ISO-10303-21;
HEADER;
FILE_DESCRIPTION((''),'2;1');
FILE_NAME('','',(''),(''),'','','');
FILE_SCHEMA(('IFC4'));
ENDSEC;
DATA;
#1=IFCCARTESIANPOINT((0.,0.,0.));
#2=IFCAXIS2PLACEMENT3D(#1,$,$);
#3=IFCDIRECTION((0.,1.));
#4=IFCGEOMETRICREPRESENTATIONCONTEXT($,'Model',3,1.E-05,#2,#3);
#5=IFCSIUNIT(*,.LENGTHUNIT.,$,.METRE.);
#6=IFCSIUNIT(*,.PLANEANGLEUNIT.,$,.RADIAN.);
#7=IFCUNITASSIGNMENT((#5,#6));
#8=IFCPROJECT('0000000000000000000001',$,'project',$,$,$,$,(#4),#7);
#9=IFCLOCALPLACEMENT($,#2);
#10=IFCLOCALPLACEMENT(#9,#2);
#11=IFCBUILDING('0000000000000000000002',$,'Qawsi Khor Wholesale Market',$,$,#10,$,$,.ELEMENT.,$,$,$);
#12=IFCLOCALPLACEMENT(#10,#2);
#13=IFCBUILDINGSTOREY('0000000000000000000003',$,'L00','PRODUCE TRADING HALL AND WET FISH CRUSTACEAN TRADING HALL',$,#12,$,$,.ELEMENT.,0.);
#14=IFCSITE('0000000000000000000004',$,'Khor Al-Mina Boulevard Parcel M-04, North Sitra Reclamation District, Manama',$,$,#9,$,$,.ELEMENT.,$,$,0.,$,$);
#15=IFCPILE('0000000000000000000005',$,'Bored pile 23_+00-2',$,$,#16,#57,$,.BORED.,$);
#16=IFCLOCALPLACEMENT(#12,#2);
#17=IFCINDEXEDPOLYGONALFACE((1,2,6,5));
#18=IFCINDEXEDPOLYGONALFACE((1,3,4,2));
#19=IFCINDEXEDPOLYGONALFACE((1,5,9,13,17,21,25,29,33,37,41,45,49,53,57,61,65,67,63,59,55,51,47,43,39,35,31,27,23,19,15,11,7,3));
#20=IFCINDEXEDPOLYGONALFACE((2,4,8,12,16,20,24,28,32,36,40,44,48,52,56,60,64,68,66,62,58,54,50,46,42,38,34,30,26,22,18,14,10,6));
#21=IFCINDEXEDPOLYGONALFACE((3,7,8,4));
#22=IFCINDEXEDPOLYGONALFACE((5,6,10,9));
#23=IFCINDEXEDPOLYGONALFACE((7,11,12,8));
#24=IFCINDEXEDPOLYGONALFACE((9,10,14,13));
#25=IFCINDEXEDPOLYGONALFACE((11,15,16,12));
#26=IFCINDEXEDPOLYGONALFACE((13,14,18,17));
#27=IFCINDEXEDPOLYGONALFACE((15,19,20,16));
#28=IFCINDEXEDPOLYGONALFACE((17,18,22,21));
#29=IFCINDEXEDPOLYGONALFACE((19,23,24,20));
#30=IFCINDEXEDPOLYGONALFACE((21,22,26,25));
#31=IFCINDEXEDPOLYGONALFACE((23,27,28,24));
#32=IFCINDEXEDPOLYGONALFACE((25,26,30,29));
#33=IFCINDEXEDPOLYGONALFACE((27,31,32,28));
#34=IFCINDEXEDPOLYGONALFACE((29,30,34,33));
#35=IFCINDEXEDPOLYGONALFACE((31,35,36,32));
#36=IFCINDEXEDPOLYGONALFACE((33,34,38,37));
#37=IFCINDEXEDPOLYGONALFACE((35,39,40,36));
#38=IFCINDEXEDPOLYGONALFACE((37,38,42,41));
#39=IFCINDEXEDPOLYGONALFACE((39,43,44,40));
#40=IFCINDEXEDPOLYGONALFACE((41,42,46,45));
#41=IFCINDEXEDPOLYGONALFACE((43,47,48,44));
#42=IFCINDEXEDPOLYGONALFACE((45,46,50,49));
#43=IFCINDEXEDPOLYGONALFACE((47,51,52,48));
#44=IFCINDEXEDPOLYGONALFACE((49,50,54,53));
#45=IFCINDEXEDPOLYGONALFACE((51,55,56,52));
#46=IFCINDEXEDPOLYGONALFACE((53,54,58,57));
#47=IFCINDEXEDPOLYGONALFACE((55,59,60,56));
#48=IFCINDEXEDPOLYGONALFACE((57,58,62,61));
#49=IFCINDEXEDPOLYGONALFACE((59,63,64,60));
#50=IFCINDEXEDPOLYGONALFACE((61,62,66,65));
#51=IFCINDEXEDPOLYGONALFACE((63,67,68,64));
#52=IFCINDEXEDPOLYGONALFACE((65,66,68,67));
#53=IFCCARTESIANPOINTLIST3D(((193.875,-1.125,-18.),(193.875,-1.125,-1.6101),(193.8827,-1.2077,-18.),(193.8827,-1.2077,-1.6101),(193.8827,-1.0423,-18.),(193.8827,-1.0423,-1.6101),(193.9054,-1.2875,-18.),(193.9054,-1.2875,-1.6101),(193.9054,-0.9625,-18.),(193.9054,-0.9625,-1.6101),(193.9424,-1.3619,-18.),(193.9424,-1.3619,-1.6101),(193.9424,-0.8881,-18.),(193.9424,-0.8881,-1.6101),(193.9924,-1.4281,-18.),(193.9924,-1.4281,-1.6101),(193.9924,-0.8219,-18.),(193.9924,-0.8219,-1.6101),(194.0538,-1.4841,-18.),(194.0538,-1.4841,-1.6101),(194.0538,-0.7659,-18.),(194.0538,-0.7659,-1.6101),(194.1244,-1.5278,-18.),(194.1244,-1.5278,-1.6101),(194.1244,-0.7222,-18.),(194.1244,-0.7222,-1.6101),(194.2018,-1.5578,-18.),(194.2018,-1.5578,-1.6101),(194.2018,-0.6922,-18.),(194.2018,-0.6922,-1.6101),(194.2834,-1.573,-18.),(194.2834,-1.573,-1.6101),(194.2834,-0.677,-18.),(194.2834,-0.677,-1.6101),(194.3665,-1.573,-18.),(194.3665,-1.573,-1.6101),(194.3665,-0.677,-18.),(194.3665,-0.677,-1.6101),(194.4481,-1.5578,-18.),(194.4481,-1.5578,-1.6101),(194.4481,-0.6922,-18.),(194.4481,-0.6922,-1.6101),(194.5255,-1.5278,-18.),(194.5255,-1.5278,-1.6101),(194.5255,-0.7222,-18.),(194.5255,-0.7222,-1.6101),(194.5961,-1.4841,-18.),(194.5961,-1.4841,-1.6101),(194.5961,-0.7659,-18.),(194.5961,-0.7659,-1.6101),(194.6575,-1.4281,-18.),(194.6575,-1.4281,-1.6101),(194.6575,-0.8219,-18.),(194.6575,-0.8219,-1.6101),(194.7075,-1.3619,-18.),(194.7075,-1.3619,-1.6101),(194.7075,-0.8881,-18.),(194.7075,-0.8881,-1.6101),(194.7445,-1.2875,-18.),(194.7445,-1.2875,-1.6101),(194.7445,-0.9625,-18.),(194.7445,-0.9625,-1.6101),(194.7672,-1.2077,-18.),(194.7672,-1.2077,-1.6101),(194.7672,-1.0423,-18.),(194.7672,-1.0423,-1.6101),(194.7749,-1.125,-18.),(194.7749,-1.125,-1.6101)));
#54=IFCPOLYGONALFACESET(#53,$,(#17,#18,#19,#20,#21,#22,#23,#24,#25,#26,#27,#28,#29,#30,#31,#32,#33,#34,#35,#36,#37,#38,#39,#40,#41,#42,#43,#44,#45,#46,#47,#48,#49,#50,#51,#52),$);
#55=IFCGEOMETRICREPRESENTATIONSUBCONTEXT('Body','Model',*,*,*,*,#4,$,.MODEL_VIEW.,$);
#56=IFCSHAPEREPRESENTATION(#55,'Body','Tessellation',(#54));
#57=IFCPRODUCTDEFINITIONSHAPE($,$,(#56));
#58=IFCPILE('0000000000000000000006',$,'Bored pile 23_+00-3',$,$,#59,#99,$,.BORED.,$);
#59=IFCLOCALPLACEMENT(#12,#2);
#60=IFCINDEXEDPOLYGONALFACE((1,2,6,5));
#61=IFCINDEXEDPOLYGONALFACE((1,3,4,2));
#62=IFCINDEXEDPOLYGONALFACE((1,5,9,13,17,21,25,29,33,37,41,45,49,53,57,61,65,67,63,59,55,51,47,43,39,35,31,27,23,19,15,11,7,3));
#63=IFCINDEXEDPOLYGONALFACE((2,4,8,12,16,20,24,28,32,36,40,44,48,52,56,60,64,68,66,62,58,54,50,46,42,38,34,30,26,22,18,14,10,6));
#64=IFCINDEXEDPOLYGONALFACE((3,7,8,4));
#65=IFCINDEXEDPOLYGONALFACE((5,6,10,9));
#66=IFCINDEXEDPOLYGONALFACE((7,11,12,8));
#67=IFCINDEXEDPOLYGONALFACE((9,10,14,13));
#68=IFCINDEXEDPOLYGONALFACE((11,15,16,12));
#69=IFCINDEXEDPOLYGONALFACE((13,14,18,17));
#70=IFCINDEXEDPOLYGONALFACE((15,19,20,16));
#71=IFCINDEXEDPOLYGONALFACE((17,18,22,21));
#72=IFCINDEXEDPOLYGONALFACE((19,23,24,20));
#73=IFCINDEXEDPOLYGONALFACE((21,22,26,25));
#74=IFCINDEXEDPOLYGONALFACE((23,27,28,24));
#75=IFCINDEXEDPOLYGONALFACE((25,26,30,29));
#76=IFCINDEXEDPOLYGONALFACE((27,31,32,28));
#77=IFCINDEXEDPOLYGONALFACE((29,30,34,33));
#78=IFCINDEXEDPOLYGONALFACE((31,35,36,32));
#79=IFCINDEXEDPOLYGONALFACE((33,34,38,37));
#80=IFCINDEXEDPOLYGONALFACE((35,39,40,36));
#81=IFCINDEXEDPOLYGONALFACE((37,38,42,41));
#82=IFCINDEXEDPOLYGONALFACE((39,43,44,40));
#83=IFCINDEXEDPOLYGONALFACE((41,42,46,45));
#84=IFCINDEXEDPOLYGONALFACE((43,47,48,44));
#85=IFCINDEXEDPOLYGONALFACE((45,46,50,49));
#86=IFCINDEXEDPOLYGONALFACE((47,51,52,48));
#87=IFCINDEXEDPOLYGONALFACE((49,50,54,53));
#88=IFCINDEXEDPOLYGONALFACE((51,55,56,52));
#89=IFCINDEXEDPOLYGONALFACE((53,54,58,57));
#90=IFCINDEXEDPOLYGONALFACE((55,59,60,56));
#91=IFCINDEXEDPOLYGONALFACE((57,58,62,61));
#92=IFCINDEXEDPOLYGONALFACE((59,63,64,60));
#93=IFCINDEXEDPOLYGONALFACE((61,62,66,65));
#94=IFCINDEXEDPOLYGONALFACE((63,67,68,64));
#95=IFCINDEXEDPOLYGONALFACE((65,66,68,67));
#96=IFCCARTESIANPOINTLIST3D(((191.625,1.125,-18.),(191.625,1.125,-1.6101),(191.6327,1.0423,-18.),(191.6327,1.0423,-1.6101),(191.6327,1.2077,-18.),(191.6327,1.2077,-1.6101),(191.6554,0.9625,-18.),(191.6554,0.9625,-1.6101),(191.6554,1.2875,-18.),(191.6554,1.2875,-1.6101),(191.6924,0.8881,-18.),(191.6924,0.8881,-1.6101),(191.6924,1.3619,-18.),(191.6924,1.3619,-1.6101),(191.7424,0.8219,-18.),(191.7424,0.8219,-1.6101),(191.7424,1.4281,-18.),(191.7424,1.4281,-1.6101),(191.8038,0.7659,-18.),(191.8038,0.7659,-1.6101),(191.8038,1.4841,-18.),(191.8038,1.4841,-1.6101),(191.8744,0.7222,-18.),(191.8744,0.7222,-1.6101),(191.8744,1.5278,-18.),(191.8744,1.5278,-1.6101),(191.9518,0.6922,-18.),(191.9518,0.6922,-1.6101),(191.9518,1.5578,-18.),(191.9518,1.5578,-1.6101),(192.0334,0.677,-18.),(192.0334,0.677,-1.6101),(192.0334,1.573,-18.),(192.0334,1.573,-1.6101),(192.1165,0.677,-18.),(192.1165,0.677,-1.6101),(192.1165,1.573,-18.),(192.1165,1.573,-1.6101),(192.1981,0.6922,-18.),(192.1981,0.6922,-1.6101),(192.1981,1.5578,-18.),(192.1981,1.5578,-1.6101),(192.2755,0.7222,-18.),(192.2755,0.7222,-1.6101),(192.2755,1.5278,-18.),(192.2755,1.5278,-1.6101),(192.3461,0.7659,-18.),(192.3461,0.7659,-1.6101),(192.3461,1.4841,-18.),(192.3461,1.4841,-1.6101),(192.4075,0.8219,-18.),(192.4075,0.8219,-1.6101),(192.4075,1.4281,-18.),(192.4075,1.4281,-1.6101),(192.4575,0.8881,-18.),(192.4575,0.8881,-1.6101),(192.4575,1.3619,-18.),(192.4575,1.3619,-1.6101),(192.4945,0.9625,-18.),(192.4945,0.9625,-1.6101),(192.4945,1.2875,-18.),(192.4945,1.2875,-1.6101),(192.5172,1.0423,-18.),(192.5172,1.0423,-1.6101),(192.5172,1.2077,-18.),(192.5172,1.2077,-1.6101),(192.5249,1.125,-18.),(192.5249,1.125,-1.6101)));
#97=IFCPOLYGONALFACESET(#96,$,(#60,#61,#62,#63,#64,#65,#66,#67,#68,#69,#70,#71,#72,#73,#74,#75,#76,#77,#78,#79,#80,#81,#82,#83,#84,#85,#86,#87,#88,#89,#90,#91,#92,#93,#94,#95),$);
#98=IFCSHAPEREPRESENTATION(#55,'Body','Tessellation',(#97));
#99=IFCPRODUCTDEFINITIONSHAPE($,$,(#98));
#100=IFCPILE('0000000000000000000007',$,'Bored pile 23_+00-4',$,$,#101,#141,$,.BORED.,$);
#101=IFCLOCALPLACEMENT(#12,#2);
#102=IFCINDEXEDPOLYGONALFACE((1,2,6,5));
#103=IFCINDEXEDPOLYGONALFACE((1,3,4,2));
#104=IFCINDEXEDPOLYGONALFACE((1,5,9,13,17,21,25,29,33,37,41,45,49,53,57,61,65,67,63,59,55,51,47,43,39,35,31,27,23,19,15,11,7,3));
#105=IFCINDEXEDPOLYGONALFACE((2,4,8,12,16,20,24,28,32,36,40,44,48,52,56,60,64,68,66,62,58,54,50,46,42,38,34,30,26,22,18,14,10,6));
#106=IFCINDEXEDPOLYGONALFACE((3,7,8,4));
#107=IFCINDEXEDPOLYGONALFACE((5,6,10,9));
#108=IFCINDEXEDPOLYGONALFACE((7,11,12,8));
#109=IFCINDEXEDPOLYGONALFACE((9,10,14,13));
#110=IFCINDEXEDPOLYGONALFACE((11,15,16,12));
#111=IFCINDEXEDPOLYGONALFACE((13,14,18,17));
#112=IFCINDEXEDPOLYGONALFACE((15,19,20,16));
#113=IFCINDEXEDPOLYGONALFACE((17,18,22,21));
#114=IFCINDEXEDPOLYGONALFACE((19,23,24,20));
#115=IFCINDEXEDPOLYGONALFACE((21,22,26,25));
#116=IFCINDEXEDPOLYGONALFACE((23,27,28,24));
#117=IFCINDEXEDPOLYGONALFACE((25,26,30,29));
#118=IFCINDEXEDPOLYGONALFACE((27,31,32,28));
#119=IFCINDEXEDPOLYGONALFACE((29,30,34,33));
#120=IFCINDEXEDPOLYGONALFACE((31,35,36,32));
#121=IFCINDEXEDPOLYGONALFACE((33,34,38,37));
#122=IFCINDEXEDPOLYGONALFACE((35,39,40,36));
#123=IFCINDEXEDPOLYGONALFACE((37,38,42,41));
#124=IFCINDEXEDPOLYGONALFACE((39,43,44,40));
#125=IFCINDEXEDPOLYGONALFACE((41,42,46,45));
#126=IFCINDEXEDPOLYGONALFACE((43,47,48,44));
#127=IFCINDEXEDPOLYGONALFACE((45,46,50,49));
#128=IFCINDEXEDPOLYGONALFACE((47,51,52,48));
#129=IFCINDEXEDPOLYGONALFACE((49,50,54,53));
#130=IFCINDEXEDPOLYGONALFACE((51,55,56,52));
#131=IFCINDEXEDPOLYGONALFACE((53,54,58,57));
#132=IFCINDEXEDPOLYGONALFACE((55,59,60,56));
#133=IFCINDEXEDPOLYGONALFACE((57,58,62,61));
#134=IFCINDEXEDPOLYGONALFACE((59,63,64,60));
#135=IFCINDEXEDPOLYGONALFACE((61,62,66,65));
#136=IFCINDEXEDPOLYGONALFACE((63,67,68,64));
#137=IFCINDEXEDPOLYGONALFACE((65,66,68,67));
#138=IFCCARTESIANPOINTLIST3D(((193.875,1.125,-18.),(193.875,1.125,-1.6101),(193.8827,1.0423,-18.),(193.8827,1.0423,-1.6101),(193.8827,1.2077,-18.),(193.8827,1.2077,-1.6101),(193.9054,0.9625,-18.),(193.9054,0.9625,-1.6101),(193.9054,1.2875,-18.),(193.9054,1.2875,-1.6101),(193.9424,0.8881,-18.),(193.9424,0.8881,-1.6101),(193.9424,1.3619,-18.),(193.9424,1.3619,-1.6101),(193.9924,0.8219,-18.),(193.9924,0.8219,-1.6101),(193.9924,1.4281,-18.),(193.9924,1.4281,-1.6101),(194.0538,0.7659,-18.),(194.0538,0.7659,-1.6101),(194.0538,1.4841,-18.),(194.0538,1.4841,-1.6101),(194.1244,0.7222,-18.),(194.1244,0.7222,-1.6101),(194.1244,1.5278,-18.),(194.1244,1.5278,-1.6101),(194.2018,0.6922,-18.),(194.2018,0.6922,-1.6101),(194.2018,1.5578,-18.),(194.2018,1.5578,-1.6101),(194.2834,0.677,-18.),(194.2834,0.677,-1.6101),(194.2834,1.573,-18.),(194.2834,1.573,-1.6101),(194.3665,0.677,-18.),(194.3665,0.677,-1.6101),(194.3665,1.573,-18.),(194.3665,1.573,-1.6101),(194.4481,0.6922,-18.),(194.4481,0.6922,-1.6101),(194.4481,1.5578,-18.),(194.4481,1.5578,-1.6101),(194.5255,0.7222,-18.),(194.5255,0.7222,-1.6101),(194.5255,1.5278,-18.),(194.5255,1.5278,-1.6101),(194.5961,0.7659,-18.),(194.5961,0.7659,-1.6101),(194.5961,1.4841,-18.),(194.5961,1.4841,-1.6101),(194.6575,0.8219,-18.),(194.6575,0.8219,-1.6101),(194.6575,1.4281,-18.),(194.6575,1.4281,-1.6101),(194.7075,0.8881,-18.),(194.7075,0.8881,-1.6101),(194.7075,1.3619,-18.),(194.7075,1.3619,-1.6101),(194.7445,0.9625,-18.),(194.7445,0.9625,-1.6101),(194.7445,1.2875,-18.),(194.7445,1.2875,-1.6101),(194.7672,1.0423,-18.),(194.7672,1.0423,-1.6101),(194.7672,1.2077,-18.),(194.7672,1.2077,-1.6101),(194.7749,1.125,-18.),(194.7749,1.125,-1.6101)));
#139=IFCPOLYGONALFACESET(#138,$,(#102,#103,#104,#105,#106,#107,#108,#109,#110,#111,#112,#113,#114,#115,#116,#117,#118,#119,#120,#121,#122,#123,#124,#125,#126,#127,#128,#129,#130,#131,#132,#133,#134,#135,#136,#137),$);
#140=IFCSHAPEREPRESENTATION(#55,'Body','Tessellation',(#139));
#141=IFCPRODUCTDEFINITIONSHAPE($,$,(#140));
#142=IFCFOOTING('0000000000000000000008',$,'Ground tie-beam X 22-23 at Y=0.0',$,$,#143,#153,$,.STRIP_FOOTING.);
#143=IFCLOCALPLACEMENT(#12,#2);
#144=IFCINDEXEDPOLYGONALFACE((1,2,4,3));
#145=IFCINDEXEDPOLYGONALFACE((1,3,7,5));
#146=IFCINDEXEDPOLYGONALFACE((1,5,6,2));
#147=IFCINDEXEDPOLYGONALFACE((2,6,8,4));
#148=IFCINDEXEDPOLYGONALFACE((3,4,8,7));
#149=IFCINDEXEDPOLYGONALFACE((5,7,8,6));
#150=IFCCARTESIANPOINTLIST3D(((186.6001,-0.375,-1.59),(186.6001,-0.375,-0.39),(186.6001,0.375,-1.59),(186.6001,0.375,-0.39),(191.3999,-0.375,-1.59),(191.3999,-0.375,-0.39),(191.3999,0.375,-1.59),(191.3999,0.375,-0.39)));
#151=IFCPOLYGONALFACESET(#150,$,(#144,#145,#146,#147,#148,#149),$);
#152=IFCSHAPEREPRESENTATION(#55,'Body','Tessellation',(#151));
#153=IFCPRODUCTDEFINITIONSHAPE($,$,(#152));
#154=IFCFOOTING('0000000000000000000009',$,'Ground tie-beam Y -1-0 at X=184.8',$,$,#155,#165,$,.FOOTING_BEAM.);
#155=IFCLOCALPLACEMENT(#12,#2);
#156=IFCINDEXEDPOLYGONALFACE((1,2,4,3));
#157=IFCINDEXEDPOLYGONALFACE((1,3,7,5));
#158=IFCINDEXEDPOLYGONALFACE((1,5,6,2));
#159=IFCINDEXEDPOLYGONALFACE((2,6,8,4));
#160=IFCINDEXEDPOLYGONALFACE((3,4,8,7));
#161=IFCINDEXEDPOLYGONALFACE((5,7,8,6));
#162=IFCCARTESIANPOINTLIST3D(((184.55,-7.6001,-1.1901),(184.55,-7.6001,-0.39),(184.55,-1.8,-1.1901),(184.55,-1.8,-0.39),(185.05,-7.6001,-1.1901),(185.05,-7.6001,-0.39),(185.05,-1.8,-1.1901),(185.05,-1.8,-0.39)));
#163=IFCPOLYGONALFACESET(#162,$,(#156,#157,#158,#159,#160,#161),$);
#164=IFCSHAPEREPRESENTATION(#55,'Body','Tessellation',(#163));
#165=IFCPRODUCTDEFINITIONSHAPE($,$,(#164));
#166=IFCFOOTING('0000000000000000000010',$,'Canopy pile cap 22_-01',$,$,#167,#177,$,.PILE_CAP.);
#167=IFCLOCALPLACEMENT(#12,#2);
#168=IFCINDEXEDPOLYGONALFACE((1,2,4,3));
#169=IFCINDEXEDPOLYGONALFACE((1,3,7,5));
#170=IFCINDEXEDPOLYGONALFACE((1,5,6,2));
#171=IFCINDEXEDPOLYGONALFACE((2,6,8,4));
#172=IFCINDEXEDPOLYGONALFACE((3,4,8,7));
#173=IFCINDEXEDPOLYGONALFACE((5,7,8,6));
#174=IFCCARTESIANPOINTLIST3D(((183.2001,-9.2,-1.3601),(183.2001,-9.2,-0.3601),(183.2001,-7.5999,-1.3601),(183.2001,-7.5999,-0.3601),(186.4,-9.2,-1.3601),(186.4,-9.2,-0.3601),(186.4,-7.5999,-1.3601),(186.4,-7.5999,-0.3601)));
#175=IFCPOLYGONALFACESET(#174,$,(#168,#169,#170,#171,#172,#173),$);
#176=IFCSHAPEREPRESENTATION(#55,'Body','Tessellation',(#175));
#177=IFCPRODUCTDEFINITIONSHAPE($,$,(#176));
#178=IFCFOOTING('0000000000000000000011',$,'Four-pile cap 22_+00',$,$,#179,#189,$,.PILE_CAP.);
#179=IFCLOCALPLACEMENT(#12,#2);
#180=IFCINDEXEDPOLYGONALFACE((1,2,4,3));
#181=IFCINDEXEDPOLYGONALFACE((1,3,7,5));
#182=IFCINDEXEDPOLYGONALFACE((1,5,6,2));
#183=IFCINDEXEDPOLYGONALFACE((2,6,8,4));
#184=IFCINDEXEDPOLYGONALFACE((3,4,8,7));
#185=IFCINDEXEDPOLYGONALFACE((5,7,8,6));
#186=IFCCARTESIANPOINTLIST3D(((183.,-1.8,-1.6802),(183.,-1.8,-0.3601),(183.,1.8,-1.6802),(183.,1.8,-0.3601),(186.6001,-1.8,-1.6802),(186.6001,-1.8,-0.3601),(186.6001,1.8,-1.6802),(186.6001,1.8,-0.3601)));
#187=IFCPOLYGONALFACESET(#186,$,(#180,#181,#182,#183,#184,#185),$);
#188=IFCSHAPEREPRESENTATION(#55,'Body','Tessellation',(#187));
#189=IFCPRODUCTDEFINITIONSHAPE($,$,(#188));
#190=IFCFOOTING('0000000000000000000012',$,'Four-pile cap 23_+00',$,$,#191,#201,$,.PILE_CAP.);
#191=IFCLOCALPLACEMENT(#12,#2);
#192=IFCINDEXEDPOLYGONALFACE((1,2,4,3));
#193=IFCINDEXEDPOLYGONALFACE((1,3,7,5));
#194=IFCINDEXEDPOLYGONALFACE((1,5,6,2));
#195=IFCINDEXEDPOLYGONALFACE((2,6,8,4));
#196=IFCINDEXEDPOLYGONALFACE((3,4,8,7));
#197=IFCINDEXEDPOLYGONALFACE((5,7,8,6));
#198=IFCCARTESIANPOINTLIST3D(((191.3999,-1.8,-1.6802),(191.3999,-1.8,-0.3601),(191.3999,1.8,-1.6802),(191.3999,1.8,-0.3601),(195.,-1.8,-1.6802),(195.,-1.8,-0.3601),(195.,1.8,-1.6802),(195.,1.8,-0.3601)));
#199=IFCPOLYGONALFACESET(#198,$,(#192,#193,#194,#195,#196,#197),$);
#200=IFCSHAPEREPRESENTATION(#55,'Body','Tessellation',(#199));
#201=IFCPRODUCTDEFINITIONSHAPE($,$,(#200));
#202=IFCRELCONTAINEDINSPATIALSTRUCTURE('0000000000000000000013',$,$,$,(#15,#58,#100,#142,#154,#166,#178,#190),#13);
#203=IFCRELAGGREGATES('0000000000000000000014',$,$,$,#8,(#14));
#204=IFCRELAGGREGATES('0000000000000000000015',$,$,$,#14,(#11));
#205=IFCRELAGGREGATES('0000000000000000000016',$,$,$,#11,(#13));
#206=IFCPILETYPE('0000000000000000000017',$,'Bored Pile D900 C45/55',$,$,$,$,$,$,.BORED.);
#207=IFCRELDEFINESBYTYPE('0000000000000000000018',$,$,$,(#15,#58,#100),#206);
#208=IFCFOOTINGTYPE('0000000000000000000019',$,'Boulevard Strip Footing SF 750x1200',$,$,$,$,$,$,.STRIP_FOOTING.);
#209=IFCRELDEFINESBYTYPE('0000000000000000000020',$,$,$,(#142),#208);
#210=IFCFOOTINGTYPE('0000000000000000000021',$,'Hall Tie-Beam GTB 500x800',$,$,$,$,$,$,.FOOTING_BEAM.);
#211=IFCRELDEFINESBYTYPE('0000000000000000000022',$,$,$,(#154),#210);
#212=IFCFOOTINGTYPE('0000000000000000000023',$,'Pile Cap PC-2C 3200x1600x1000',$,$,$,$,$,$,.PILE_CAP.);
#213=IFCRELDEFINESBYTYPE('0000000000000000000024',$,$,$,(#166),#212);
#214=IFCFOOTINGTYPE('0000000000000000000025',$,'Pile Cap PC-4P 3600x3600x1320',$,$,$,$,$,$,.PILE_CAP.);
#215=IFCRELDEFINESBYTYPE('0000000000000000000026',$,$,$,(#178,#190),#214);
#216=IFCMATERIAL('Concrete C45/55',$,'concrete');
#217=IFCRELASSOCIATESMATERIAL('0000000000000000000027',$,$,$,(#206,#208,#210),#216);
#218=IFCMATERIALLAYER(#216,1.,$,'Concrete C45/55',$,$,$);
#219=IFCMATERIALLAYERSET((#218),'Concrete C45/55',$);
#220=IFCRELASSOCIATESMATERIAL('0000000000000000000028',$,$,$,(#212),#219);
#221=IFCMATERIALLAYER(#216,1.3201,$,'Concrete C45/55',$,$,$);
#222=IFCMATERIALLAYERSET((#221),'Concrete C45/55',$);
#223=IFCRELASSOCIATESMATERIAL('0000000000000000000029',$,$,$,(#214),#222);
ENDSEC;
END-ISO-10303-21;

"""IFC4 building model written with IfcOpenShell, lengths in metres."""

from ifc_helpers import new_model, si_unit, direction, frame, origin, origin_2d, place, context, subcontext, project, spatial, rectangle, circle, extrude, material, layer, layer_set, material_profile, profile_set, type_object, element, save


model = new_model("IFC4")

# Units and contexts
model_context = context("Model", 3, precision=1e-05, world=origin(), true_north=direction((0.0, 1.0)))
body_context = subcontext(model_context, "Body", "Model", "MODEL_VIEW")
ifc_project = project(units=[si_unit("LENGTHUNIT", "METRE"), si_unit("PLANEANGLEUNIT", "RADIAN")], contexts=[model_context])

# Site, building, storey
site_placement = place(None, origin())
site = spatial("IfcSite", under=ifc_project, at=site_placement, Name="Khor Al-Mina Boulevard Parcel M-04, North Sitra Reclamation District, Manama", CompositionType="ELEMENT", RefElevation=0.0)
building_placement = place(site_placement, origin())
building = spatial("IfcBuilding", under=site, at=building_placement, Name="Qawsi Khor Wholesale Market", CompositionType="ELEMENT")
storey_placement = place(building_placement, origin())
storey = spatial("IfcBuildingStorey", under=building, at=storey_placement, Name="L00", Description="PRODUCE TRADING HALL AND WET FISH CRUSTACEAN TRADING HALL", CompositionType="ELEMENT", Elevation=0.0)

# Piles
ifc_material_1 = material(Name="Concrete C45/55", Category="concrete")
ifc_material_profile_1 = material_profile(ifc_material_1, circle(Radius=0.45, at=origin_2d()), Name="PILE D900")
ifc_profile_set_1 = profile_set([ifc_material_profile_1], Name="Concrete C45/55")
pile_type_1 = type_object("IfcPileType", Name="Bored Pile D900 C45/55", PredefinedType="BORED", material=ifc_profile_set_1)
for number, where, z_axis, x_axis, name in (
    (1, (194.325, -1.125, -1.6101), (0.0, 0.0, -1.0), (1.0, 0.0, 0.0), "Bored pile 23_+00-2"),
    (2, (192.075, 1.125, -1.6101), (0.0, 0.0, -1.0), (1.0, 0.0, 0.0), "Bored pile 23_+00-3"),
    (3, (194.325, 1.125, -1.6101), (0.0, 0.0, -1.0), (1.0, 0.0, 0.0), "Bored pile 23_+00-4"),
):
    element("IfcPile", number, at=place(storey_placement, frame(where, z_axis=z_axis, x_axis=x_axis)), inside=storey, type_object=pile_type_1, Name=name, PredefinedType="BORED", context=body_context, shape_type="SweptSolid", body=[
        extrude(circle(Radius=0.45, at=origin_2d()), origin(), (0.0, 0.0, 1.0), 16.3899),
    ])

# Footings
ifc_material_profile_2 = material_profile(ifc_material_1, rectangle(XDim=0.75, YDim=1.2, at=origin_2d()), Name="RC 750x1200")
ifc_profile_set_2 = profile_set([ifc_material_profile_2], Name="Concrete C45/55")
footing_type_1 = type_object("IfcFootingType", Name="Boulevard Strip Footing SF 750x1200", PredefinedType="STRIP_FOOTING", material=ifc_profile_set_2)
footing_1_placement = place(storey_placement, frame((186.6001, 0.0, -0.99), z_axis=(1.0, 0.0, 0.0), x_axis=(0.0, 1.0, 0.0)))
element("IfcFooting", 4, at=footing_1_placement, inside=storey, type_object=footing_type_1, Name="Ground tie-beam X 22-23 at Y=0.0", PredefinedType="STRIP_FOOTING", context=body_context, shape_type="SweptSolid", body=[
    extrude(rectangle(XDim=0.75, YDim=1.2, at=origin_2d()), origin(), (0.0, 0.0, 1.0), 4.7998),
])
ifc_material_profile_3 = material_profile(ifc_material_1, rectangle(XDim=0.5, YDim=0.8, at=origin_2d()), Name="RC 500x800")
ifc_profile_set_3 = profile_set([ifc_material_profile_3], Name="Concrete C45/55")
footing_type_2 = type_object("IfcFootingType", Name="Hall Tie-Beam GTB 500x800", PredefinedType="FOOTING_BEAM", material=ifc_profile_set_3)
footing_2_placement = place(storey_placement, frame((184.8, -7.6001, -0.79), z_axis=(0.0, 1.0, 0.0), x_axis=(-1.0, 0.0, 0.0)))
element("IfcFooting", 5, at=footing_2_placement, inside=storey, type_object=footing_type_2, Name="Ground tie-beam Y -1-0 at X=184.8", PredefinedType="FOOTING_BEAM", context=body_context, shape_type="SweptSolid", body=[
    extrude(rectangle(XDim=0.5, YDim=0.8, at=origin_2d()), origin(), (0.0, 0.0, 1.0), 5.8),
])
ifc_layer_1 = layer(ifc_material_1, 1.0, Name="Concrete C45/55")
ifc_layer_set_1 = layer_set([ifc_layer_1], Name="Concrete C45/55")
footing_type_3 = type_object("IfcFootingType", Name="Pile Cap PC-2C 3200x1600x1000", PredefinedType="PILE_CAP", material=ifc_layer_set_1)
footing_3_placement = place(storey_placement, frame((184.8, -8.3999, -1.3601), z_axis=(0.0, 0.0, 1.0), x_axis=(1.0, 0.0, 0.0)))
element("IfcFooting", 6, at=footing_3_placement, inside=storey, type_object=footing_type_3, Name="Canopy pile cap 22_-01", PredefinedType="PILE_CAP", context=body_context, shape_type="SweptSolid", body=[
    extrude(rectangle(XDim=3.2, YDim=1.6001, at=origin_2d()), origin(), (0.0, 0.0, 1.0), 1.0),
])
ifc_layer_2 = layer(ifc_material_1, 1.3201, Name="Concrete C45/55")
ifc_layer_set_2 = layer_set([ifc_layer_2], Name="Concrete C45/55")
footing_type_4 = type_object("IfcFootingType", Name="Pile Cap PC-4P 3600x3600x1320", PredefinedType="PILE_CAP", material=ifc_layer_set_2)
for number, where, z_axis, x_axis, name in (
    (7, (184.8, 0.0, -1.6802), (0.0, 0.0, 1.0), (1.0, 0.0, 0.0), "Four-pile cap 22_+00"),
    (8, (193.2, 0.0, -1.6802), (0.0, 0.0, 1.0), (1.0, 0.0, 0.0), "Four-pile cap 23_+00"),
):
    element("IfcFooting", number, at=place(storey_placement, frame(where, z_axis=z_axis, x_axis=x_axis)), inside=storey, type_object=footing_type_4, Name=name, PredefinedType="PILE_CAP", context=body_context, shape_type="SweptSolid", body=[
        extrude(rectangle(XDim=3.6001, YDim=3.6001, at=origin_2d()), origin(), (0.0, 0.0, 1.0), 1.3201),
    ])

save(model, "model.ifc")
